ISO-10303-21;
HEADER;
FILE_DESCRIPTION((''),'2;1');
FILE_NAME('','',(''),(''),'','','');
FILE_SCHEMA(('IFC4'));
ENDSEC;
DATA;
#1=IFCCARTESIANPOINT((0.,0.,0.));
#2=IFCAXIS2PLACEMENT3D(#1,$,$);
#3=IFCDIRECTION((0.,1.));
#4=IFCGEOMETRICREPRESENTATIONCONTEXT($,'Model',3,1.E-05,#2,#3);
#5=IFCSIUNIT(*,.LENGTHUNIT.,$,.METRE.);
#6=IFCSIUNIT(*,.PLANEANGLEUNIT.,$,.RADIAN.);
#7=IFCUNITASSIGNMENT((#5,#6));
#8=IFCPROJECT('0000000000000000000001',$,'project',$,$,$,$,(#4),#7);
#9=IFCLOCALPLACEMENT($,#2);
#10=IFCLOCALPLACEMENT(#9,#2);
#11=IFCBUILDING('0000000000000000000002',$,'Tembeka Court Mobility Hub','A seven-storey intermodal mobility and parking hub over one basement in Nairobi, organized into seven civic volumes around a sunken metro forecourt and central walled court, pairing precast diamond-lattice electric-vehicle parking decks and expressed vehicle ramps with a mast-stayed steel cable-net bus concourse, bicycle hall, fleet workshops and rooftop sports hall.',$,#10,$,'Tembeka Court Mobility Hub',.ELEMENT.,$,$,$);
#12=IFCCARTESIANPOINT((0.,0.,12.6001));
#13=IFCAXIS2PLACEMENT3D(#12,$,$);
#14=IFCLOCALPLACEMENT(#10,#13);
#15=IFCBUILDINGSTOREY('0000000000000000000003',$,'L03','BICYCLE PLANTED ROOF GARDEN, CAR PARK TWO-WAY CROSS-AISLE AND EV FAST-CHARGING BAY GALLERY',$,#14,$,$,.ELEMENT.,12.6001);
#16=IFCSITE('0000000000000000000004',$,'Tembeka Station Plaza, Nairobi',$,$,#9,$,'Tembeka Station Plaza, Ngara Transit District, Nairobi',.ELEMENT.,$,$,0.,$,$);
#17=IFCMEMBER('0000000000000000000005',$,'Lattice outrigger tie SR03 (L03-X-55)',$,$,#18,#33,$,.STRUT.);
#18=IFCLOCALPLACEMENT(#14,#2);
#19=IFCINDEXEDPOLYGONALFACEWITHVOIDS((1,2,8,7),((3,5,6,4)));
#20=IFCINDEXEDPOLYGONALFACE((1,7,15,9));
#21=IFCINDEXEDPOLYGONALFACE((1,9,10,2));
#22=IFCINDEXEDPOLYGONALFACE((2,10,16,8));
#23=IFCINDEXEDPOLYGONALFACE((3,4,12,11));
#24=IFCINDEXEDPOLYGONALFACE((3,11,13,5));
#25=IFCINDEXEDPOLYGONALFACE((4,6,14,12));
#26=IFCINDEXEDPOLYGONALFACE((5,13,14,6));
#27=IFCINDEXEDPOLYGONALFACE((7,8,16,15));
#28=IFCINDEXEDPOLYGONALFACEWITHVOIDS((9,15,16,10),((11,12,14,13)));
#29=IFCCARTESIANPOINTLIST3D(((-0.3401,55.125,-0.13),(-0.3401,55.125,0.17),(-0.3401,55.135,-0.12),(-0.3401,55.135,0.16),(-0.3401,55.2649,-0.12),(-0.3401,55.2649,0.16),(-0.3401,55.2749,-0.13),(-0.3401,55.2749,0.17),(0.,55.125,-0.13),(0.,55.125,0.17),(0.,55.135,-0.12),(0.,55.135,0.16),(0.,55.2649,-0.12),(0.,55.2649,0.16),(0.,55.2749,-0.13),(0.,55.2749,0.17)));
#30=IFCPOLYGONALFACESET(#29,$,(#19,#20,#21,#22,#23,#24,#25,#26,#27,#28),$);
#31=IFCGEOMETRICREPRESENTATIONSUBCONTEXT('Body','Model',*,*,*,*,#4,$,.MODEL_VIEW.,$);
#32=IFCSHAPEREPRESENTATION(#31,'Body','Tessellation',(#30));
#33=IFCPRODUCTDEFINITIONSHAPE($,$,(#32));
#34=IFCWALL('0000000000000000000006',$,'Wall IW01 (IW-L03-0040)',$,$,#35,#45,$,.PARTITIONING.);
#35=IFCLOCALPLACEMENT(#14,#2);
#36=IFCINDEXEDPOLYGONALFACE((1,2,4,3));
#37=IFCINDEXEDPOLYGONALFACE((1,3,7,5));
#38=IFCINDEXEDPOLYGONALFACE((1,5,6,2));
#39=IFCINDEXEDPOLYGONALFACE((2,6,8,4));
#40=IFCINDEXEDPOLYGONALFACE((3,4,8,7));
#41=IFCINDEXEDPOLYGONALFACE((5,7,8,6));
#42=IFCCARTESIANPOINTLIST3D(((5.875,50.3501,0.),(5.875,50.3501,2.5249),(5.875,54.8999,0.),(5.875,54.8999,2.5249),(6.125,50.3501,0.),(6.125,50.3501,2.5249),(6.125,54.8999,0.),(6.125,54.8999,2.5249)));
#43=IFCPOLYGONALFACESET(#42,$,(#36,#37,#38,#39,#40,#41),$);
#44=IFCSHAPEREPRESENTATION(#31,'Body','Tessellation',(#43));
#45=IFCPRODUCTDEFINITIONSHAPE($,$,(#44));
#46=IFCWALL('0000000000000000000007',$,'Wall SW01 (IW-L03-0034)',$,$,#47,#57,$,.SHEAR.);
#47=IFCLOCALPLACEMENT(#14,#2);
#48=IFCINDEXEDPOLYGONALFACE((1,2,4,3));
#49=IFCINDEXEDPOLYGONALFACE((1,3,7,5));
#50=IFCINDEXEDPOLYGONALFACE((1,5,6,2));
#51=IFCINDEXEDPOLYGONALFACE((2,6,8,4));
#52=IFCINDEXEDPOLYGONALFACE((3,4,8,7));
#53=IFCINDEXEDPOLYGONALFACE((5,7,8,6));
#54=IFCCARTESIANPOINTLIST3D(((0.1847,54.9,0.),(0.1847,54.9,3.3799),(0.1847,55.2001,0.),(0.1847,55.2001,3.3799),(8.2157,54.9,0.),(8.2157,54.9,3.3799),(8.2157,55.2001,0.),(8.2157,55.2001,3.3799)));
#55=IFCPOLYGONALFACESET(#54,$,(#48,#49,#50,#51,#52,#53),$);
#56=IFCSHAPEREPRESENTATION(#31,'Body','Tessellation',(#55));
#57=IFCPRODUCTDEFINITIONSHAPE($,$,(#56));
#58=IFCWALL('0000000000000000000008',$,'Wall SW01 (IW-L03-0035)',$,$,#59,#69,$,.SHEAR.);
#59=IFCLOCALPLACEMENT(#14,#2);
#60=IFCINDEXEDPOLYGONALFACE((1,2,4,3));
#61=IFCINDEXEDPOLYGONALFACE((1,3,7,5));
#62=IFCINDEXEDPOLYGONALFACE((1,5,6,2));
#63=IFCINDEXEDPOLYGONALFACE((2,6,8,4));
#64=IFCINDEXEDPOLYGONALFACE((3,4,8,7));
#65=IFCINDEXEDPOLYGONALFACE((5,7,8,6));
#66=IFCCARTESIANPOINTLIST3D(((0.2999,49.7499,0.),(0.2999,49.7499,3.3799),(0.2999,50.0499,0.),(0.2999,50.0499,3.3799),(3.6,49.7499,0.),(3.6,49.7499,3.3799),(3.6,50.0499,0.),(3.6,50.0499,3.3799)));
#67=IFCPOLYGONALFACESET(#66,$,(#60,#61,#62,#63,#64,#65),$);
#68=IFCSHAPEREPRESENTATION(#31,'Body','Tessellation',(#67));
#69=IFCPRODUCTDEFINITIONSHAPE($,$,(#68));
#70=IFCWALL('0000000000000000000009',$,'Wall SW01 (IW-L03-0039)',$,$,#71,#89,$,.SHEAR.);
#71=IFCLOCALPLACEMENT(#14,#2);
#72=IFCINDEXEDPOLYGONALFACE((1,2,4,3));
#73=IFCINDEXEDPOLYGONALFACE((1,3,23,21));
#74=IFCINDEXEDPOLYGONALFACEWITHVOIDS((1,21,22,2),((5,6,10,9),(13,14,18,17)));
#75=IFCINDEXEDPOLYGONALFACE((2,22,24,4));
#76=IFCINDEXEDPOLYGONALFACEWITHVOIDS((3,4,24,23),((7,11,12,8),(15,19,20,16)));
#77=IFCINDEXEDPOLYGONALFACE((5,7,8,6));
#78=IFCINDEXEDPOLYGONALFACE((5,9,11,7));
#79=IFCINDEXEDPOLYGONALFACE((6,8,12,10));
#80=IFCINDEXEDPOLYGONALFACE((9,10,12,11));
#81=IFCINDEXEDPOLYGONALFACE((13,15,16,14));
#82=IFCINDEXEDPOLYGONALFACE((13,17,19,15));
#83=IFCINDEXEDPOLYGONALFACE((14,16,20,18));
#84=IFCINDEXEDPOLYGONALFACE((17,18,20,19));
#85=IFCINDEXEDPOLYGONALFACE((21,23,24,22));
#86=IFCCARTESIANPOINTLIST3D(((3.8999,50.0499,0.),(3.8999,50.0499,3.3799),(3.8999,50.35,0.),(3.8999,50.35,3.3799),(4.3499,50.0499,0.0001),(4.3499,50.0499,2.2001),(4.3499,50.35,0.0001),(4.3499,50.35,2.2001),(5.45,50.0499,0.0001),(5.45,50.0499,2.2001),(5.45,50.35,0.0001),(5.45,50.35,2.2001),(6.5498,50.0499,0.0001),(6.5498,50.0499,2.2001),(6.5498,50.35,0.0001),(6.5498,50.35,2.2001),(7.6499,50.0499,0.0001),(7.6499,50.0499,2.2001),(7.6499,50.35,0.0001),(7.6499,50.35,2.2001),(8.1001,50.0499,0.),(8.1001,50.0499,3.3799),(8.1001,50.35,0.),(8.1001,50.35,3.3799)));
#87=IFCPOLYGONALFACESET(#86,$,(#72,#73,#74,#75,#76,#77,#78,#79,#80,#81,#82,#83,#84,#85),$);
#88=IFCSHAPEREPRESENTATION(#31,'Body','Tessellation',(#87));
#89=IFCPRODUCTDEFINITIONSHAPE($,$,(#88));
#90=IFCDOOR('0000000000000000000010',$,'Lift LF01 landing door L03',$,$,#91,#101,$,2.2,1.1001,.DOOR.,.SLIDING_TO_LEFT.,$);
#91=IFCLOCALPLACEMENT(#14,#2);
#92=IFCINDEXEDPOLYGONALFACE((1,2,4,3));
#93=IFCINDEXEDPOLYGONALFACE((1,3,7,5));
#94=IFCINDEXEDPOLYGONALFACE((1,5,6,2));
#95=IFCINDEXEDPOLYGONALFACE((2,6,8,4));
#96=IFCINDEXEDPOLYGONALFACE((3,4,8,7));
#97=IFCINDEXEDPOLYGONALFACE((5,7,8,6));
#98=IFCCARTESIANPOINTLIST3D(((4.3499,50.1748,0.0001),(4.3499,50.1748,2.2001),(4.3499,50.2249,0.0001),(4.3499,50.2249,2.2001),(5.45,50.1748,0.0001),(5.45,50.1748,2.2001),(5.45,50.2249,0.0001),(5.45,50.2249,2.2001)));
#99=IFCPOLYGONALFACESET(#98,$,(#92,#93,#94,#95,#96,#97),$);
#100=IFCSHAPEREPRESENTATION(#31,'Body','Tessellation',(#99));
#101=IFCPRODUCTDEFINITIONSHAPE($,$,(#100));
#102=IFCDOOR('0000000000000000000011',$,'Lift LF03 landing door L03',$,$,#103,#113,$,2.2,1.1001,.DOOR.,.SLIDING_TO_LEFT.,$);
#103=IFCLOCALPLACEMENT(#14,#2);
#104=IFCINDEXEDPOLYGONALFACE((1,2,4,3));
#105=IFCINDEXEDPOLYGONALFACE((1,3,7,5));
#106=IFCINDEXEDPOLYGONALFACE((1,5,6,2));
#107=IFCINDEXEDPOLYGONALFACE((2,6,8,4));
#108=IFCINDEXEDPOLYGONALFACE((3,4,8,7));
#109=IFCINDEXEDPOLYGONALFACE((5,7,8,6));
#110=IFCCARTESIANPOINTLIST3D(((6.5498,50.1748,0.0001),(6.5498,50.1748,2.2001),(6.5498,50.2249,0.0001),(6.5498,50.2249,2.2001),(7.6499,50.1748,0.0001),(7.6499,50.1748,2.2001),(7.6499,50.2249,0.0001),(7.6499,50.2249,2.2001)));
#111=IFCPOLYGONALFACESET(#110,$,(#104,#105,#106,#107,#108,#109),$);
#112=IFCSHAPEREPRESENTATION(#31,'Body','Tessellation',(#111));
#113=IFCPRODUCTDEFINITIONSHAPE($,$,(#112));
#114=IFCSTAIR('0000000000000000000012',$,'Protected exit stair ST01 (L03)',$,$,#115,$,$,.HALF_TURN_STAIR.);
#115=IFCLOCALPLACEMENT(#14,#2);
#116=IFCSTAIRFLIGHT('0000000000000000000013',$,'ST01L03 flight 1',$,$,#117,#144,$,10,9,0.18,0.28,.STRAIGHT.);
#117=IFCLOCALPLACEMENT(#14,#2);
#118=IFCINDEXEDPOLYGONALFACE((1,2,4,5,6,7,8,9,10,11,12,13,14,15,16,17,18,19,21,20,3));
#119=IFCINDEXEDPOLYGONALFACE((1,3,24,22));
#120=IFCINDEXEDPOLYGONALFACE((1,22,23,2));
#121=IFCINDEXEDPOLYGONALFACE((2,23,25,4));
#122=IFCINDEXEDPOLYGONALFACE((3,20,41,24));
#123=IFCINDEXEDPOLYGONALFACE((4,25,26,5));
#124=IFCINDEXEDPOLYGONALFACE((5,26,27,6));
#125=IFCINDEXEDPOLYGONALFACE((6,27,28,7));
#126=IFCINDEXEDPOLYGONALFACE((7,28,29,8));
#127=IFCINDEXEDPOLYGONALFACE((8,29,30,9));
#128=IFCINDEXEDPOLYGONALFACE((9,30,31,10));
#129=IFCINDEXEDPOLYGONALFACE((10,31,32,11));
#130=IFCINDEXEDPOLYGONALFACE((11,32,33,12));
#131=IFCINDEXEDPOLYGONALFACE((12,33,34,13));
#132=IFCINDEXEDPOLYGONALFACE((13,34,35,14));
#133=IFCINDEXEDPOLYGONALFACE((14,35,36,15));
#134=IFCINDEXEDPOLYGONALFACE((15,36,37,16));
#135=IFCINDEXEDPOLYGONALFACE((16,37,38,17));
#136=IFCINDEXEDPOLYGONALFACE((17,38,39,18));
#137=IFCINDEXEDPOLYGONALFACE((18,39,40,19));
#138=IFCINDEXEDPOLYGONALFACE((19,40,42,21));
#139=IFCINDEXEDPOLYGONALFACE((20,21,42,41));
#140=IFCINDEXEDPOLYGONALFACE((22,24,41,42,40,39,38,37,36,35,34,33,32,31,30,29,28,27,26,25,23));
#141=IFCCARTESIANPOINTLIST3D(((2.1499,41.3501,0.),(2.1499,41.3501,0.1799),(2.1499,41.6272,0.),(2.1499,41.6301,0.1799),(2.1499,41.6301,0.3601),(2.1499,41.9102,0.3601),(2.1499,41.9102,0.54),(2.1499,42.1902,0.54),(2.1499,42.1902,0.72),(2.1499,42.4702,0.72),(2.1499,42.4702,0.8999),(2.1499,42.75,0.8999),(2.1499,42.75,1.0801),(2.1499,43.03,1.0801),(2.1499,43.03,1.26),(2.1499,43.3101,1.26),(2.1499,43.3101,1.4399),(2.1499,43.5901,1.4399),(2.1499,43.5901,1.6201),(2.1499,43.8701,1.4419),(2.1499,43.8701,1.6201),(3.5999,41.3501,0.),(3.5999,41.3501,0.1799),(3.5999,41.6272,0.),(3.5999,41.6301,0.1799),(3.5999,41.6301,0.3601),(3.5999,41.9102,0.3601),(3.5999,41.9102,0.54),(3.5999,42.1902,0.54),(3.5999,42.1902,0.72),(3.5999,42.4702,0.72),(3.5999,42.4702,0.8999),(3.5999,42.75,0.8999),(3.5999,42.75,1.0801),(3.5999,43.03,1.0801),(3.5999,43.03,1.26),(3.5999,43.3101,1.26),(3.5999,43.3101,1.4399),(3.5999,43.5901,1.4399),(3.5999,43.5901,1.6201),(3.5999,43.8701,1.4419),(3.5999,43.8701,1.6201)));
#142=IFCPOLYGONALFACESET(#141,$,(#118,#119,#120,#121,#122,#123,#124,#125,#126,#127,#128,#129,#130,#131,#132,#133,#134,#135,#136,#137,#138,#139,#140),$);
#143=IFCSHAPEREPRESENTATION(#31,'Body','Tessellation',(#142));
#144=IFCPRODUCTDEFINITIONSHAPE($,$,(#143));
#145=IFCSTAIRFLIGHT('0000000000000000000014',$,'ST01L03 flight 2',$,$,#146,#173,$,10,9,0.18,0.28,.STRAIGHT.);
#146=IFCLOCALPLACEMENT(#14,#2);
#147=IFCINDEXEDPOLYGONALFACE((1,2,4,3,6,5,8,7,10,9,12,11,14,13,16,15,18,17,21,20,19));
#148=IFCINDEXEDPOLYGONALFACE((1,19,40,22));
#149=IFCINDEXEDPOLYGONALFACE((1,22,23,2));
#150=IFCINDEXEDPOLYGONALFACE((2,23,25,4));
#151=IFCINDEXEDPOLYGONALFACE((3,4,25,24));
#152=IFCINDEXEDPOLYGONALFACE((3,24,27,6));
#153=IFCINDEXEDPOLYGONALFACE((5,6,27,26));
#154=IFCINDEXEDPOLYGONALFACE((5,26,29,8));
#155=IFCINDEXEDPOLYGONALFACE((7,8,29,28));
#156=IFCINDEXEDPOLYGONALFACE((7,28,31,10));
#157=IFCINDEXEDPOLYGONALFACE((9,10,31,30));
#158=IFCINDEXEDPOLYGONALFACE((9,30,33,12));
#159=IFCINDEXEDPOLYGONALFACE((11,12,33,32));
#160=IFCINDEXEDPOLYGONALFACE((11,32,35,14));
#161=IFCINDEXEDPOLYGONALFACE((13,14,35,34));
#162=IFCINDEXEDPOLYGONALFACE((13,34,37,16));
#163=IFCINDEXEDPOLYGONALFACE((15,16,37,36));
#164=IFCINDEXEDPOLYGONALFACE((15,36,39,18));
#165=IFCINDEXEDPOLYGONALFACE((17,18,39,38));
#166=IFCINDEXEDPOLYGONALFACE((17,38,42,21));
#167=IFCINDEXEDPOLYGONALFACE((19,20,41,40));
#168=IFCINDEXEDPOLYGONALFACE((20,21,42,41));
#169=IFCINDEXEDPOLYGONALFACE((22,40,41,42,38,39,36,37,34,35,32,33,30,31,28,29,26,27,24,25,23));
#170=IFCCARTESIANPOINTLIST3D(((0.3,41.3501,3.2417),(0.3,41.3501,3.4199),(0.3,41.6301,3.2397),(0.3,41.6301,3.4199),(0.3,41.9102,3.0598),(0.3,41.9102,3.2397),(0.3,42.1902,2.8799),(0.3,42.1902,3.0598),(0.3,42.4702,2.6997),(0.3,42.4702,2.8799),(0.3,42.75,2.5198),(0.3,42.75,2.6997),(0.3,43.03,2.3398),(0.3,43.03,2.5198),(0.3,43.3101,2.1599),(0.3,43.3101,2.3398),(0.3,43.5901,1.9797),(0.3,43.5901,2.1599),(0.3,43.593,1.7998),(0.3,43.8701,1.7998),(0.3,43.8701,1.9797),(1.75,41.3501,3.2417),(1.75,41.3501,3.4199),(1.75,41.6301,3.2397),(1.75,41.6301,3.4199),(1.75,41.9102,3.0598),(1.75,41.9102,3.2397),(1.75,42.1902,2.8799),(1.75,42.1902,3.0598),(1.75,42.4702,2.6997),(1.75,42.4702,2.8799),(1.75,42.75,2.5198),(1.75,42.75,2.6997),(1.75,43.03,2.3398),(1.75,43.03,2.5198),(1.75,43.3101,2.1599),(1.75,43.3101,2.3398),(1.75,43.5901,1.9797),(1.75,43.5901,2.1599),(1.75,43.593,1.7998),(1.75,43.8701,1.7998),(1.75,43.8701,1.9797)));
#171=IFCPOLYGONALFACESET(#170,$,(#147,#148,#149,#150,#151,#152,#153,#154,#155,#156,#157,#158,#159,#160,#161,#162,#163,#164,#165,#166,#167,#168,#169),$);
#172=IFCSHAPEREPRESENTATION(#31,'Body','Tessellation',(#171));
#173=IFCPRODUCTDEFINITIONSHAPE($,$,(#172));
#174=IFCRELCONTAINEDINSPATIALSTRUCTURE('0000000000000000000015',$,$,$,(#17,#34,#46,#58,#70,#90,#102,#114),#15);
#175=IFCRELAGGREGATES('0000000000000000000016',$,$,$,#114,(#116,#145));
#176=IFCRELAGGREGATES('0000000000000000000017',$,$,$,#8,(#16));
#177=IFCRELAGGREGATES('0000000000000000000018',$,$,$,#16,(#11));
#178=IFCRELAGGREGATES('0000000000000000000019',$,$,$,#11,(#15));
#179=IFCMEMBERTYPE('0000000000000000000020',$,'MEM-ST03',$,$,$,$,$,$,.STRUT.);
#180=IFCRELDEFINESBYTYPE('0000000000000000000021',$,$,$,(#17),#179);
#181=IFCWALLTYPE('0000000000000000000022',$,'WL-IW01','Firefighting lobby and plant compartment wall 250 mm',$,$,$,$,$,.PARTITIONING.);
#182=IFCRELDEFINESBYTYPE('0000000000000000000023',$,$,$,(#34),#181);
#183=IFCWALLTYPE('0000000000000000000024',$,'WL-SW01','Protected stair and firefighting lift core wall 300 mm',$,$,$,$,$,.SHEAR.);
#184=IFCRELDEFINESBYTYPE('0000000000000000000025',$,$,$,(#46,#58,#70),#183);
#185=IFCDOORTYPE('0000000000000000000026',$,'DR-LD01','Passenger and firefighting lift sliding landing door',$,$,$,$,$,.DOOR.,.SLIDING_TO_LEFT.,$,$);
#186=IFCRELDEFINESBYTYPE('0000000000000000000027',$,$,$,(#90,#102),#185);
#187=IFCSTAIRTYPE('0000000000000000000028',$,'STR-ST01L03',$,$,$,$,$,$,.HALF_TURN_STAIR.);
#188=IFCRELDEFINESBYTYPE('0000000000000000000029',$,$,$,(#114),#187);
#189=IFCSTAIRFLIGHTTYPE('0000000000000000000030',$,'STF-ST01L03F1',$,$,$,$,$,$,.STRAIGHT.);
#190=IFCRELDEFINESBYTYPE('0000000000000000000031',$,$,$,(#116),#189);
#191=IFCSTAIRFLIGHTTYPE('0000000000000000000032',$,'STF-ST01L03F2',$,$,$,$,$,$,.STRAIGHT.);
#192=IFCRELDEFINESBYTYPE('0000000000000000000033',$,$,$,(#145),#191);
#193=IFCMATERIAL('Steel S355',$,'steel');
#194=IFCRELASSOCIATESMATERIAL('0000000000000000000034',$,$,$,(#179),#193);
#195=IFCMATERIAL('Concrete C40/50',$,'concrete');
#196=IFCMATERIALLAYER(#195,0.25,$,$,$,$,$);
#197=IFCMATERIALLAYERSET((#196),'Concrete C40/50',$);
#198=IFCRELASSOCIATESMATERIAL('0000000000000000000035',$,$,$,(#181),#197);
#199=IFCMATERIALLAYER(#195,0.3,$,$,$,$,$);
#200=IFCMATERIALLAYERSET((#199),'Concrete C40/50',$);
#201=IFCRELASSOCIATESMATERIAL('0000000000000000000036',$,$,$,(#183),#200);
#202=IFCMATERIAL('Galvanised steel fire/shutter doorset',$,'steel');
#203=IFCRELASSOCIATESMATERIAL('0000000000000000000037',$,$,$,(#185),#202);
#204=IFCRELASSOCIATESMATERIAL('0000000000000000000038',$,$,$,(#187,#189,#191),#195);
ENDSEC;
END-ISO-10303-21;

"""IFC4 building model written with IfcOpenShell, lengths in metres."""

from ifc_helpers import new_model, si_unit, direction, frame, frame_2d, origin, origin_2d, place, context, subcontext, project, spatial, polyline, rectangle, hollow_rectangle, outline, extrude, material, layer, layer_set, material_profile, profile_set, type_object, element, fill, aggregate, save


model = new_model("IFC4")

# Units and contexts
model_context = context("Model", 3, precision=1e-05, world=origin(), true_north=direction((0.0, 1.0)))
body_context = subcontext(model_context, "Body", "Model", "MODEL_VIEW")
ifc_project = project(units=[si_unit("LENGTHUNIT", "METRE"), si_unit("PLANEANGLEUNIT", "RADIAN")], contexts=[model_context])

# Site, building, storey
site_placement = place(None, origin())
site = spatial("IfcSite", under=ifc_project, at=site_placement, Name="Tembeka Station Plaza, Nairobi", LongName="Tembeka Station Plaza, Ngara Transit District, Nairobi", CompositionType="ELEMENT", RefElevation=0.0)
building_placement = place(site_placement, origin())
building = spatial("IfcBuilding", under=site, at=building_placement, Name="Tembeka Court Mobility Hub", Description="A seven-storey intermodal mobility and parking hub over one basement in Nairobi, organized into seven civic volumes around a sunken metro forecourt and central walled court, pairing precast diamond-lattice electric-vehicle parking decks and expressed vehicle ramps with a mast-stayed steel cable-net bus concourse, bicycle hall, fleet workshops and rooftop sports hall.", LongName="Tembeka Court Mobility Hub", CompositionType="ELEMENT")
storey_placement = place(building_placement, frame((0.0, 0.0, 12.6001)))
storey = spatial("IfcBuildingStorey", under=building, at=storey_placement, Name="L03", Description="BICYCLE PLANTED ROOF GARDEN, CAR PARK TWO-WAY CROSS-AISLE AND EV FAST-CHARGING BAY GALLERY", CompositionType="ELEMENT", Elevation=12.6001)

# Shared definitions
ifc_material_1 = material(Name="Steel S355", Category="steel")

# Member
ifc_material_profile_1 = material_profile(ifc_material_1, hollow_rectangle(XDim=0.1499, YDim=0.3, WallThickness=0.01, at=origin_2d()), Name="RHS 300x150x10")
ifc_profile_set_1 = profile_set([ifc_material_profile_1], Name="Steel S355")
member_type = type_object("IfcMemberType", Name="MEM-ST03", PredefinedType="STRUT", material=ifc_profile_set_1)
member_placement = place(storey_placement, frame((0.0, 55.2, 0.02), z_axis=(-1.0, 0.0, 0.0), x_axis=(0.0, -1.0, 0.0)))
element("IfcMember", 1, at=member_placement, inside=storey, type_object=member_type, Name="Lattice outrigger tie SR03 (L03-X-55)", PredefinedType="STRUT", context=body_context, shape_type="SweptSolid", body=[
    extrude(hollow_rectangle(XDim=0.1499, YDim=0.3, WallThickness=0.01, at=origin_2d()), origin(), (0.0, 0.0, 1.0), 0.3401),
])

# Walls
ifc_material_2 = material(Name="Concrete C40/50", Category="concrete")
ifc_layer_1 = layer(ifc_material_2, 0.25)
ifc_layer_set_1 = layer_set([ifc_layer_1], Name="Concrete C40/50")
wall_type_1 = type_object("IfcWallType", Name="WL-IW01", Description="Firefighting lobby and plant compartment wall 250 mm", PredefinedType="PARTITIONING", material=ifc_layer_set_1)
wall_1_placement = place(storey_placement, frame((6.0, 50.3501, 0.0), z_axis=(0.0, 0.0, 1.0), x_axis=(0.0, 1.0, 0.0)))
element("IfcWall", 2, at=wall_1_placement, inside=storey, type_object=wall_type_1, Name="Wall IW01 (IW-L03-0040)", PredefinedType="PARTITIONING", context=body_context, shape_type="SweptSolid", body=[
    extrude(rectangle(XDim=4.5498, YDim=0.25, at=frame_2d((2.2749, 0.0))), origin(), (0.0, 0.0, 1.0), 2.5249),
])
ifc_layer_2 = layer(ifc_material_2, 0.3)
ifc_layer_set_2 = layer_set([ifc_layer_2], Name="Concrete C40/50")
wall_type_2 = type_object("IfcWallType", Name="WL-SW01", Description="Protected stair and firefighting lift core wall 300 mm", PredefinedType="SHEAR", material=ifc_layer_set_2)
wall_2_placement = place(storey_placement, frame((0.1846, 55.05, 0.0), z_axis=(0.0, 0.0, 1.0), x_axis=(1.0, 0.0, 0.0)))
element("IfcWall", 3, at=wall_2_placement, inside=storey, type_object=wall_type_2, Name="Wall SW01 (IW-L03-0034)", PredefinedType="SHEAR", context=body_context, shape_type="SweptSolid", body=[
    extrude(rectangle(XDim=8.031, YDim=0.3, at=frame_2d((4.0156, 0.0))), origin(), (0.0, 0.0, 1.0), 3.3799),
])
wall_3_placement = place(storey_placement, frame((0.3, 49.8999, 0.0), z_axis=(0.0, 0.0, 1.0), x_axis=(1.0, 0.0, 0.0)))
element("IfcWall", 4, at=wall_3_placement, inside=storey, type_object=wall_type_2, Name="Wall SW01 (IW-L03-0035)", PredefinedType="SHEAR", context=body_context, shape_type="SweptSolid", body=[
    extrude(rectangle(XDim=3.3, YDim=0.3, at=frame_2d((1.6499, 0.0))), origin(), (0.0, 0.0, 1.0), 3.3799),
])

# Wall, openings, doors
wall_4_placement = place(storey_placement, frame((3.8999, 50.2, 0.0), z_axis=(0.0, 0.0, 1.0), x_axis=(1.0, 0.0, 0.0)))
wall_4 = element("IfcWall", 5, at=wall_4_placement, inside=storey, type_object=wall_type_2, Name="Wall SW01 (IW-L03-0039)", PredefinedType="SHEAR", context=body_context, shape_type="SweptSolid", body=[
    extrude(rectangle(XDim=4.2002, YDim=0.3, at=frame_2d((2.1001, 0.0))), origin(), (0.0, 0.0, 1.0), 3.3799),
])
opening_1_placement = place(wall_4_placement, frame((0.45, 0.0, 0.0)))
opening_1 = element("IfcOpeningElement", 6, at=opening_1_placement, cuts=wall_4, PredefinedType="OPENING", context=body_context, shape_type="SweptSolid", body=[
    extrude(rectangle(XDim=1.1001, YDim=2.2, at=frame_2d((0.55, 1.1001))), frame((0.0, 0.1602, 0.0), z_axis=(0.0, -1.0, 0.0), x_axis=(1.0, 0.0, 0.0)), (0.0, 0.0, 1.0), 0.3201),
])
opening_2_placement = place(wall_4_placement, frame((2.6499, 0.0, 0.0)))
opening_2 = element("IfcOpeningElement", 7, at=opening_2_placement, cuts=wall_4, PredefinedType="OPENING", context=body_context, shape_type="SweptSolid", body=[
    extrude(rectangle(XDim=1.1001, YDim=2.2, at=frame_2d((0.55, 1.1001))), frame((0.0, 0.1602, 0.0), z_axis=(0.0, -1.0, 0.0), x_axis=(1.0, 0.0, 0.0)), (0.0, 0.0, 1.0), 0.3201),
])
ifc_material_3 = material(Name="Galvanised steel fire/shutter doorset", Category="steel")
door_type = type_object("IfcDoorType", Name="DR-LD01", Description="Passenger and firefighting lift sliding landing door", OperationType="SLIDING_TO_LEFT", PredefinedType="DOOR", material=ifc_material_3)
door_1_placement = place(opening_1_placement, origin())
door_1 = element("IfcDoor", 8, at=door_1_placement, inside=storey, type_object=door_type, Name="Lift LF01 landing door L03", OperationType="SLIDING_TO_LEFT", OverallHeight=2.2, OverallWidth=1.1001, PredefinedType="DOOR", context=body_context, shape_type="SweptSolid", body=[
    extrude(rectangle(XDim=1.1001, YDim=2.2, at=frame_2d((0.55, 1.1001))), frame((0.0, 0.0249, 0.0), z_axis=(0.0, -1.0, 0.0), x_axis=(1.0, 0.0, 0.0)), (0.0, 0.0, 1.0), 0.05),
])
fill(opening_1, door_1)
door_2_placement = place(opening_2_placement, origin())
door_2 = element("IfcDoor", 9, at=door_2_placement, inside=storey, type_object=door_type, Name="Lift LF03 landing door L03", OperationType="SLIDING_TO_LEFT", OverallHeight=2.2, OverallWidth=1.1001, PredefinedType="DOOR", context=body_context, shape_type="SweptSolid", body=[
    extrude(rectangle(XDim=1.1001, YDim=2.2, at=frame_2d((0.55, 1.1001))), frame((0.0, 0.0249, 0.0), z_axis=(0.0, -1.0, 0.0), x_axis=(1.0, 0.0, 0.0)), (0.0, 0.0, 1.0), 0.05),
])
fill(opening_2, door_2)

# Stair, stair flights
stair_type = type_object("IfcStairType", Name="STR-ST01L03", PredefinedType="HALF_TURN_STAIR", material=ifc_material_2)
stair_placement = place(storey_placement, origin())
stair = element("IfcStair", 10, at=stair_placement, inside=storey, type_object=stair_type, Name="Protected exit stair ST01 (L03)", PredefinedType="HALF_TURN_STAIR")
stair_flight_type_1 = type_object("IfcStairFlightType", Name="STF-ST01L03F1", PredefinedType="STRAIGHT", material=ifc_material_2)
stair_flight_1_placement = place(storey_placement, frame((2.875, 41.3501, 0.0), z_axis=(0.0, 0.0, 1.0), x_axis=(0.0, 1.0, 0.0)))
stair_flight_1 = element("IfcStairFlight", 11, at=stair_flight_1_placement, type_object=stair_flight_type_1, Name="ST01L03 flight 1", NumberOfRisers=10, NumberOfTreads=9, PredefinedType="STRAIGHT", RiserHeight=0.18, TreadLength=0.28, context=body_context, shape_type="SweptSolid", body=[
    extrude(outline(polyline([(0.0, 0.0), (0.0, 0.1799), (0.28, 0.1799), (0.28, 0.3601), (0.5601, 0.3601), (0.5601, 0.54), (0.8401, 0.54), (0.8401, 0.72), (1.1201, 0.72), (1.1201, 0.8999), (1.3999, 0.8999), (1.3999, 1.0801), (1.6799, 1.0801), (1.6799, 1.26), (1.96, 1.26), (1.96, 1.4399), (2.24, 1.4399), (2.24, 1.6201), (2.52, 1.6201), (2.52, 1.8), (2.52, 1.4419), (0.2771, 0.0), (0.0, 0.0)])), frame((0.0, 0.7251, 0.0), z_axis=(0.0, -1.0, 0.0), x_axis=(1.0, 0.0, 0.0)), (0.0, 0.0, 1.0), 1.45),
])
stair_flight_type_2 = type_object("IfcStairFlightType", Name="STF-ST01L03F2", PredefinedType="STRAIGHT", material=ifc_material_2)
stair_flight_2_placement = place(storey_placement, frame((1.0249, 43.8701, 1.7998), z_axis=(0.0, 0.0, 1.0), x_axis=(0.0, -1.0, 0.0)))
stair_flight_2 = element("IfcStairFlight", 12, at=stair_flight_2_placement, type_object=stair_flight_type_2, Name="ST01L03 flight 2", NumberOfRisers=10, NumberOfTreads=9, PredefinedType="STRAIGHT", RiserHeight=0.18, TreadLength=0.28, context=body_context, shape_type="SweptSolid", body=[
    extrude(outline(polyline([(0.0, 0.0), (0.0, 0.1799), (0.28, 0.1799), (0.28, 0.3601), (0.5601, 0.3601), (0.5601, 0.54), (0.8401, 0.54), (0.8401, 0.72), (1.1201, 0.72), (1.1201, 0.8999), (1.3999, 0.8999), (1.3999, 1.0801), (1.6799, 1.0801), (1.6799, 1.26), (1.96, 1.26), (1.96, 1.4399), (2.24, 1.4399), (2.24, 1.6201), (2.52, 1.6201), (2.52, 1.8), (2.52, 1.4419), (0.2771, 0.0), (0.0, 0.0)])), frame((0.0, 0.7251, 0.0), z_axis=(0.0, -1.0, 0.0), x_axis=(1.0, 0.0, 0.0)), (0.0, 0.0, 1.0), 1.45),
])
aggregate(stair, [stair_flight_1, stair_flight_2])

save(model, "model.ifc")
